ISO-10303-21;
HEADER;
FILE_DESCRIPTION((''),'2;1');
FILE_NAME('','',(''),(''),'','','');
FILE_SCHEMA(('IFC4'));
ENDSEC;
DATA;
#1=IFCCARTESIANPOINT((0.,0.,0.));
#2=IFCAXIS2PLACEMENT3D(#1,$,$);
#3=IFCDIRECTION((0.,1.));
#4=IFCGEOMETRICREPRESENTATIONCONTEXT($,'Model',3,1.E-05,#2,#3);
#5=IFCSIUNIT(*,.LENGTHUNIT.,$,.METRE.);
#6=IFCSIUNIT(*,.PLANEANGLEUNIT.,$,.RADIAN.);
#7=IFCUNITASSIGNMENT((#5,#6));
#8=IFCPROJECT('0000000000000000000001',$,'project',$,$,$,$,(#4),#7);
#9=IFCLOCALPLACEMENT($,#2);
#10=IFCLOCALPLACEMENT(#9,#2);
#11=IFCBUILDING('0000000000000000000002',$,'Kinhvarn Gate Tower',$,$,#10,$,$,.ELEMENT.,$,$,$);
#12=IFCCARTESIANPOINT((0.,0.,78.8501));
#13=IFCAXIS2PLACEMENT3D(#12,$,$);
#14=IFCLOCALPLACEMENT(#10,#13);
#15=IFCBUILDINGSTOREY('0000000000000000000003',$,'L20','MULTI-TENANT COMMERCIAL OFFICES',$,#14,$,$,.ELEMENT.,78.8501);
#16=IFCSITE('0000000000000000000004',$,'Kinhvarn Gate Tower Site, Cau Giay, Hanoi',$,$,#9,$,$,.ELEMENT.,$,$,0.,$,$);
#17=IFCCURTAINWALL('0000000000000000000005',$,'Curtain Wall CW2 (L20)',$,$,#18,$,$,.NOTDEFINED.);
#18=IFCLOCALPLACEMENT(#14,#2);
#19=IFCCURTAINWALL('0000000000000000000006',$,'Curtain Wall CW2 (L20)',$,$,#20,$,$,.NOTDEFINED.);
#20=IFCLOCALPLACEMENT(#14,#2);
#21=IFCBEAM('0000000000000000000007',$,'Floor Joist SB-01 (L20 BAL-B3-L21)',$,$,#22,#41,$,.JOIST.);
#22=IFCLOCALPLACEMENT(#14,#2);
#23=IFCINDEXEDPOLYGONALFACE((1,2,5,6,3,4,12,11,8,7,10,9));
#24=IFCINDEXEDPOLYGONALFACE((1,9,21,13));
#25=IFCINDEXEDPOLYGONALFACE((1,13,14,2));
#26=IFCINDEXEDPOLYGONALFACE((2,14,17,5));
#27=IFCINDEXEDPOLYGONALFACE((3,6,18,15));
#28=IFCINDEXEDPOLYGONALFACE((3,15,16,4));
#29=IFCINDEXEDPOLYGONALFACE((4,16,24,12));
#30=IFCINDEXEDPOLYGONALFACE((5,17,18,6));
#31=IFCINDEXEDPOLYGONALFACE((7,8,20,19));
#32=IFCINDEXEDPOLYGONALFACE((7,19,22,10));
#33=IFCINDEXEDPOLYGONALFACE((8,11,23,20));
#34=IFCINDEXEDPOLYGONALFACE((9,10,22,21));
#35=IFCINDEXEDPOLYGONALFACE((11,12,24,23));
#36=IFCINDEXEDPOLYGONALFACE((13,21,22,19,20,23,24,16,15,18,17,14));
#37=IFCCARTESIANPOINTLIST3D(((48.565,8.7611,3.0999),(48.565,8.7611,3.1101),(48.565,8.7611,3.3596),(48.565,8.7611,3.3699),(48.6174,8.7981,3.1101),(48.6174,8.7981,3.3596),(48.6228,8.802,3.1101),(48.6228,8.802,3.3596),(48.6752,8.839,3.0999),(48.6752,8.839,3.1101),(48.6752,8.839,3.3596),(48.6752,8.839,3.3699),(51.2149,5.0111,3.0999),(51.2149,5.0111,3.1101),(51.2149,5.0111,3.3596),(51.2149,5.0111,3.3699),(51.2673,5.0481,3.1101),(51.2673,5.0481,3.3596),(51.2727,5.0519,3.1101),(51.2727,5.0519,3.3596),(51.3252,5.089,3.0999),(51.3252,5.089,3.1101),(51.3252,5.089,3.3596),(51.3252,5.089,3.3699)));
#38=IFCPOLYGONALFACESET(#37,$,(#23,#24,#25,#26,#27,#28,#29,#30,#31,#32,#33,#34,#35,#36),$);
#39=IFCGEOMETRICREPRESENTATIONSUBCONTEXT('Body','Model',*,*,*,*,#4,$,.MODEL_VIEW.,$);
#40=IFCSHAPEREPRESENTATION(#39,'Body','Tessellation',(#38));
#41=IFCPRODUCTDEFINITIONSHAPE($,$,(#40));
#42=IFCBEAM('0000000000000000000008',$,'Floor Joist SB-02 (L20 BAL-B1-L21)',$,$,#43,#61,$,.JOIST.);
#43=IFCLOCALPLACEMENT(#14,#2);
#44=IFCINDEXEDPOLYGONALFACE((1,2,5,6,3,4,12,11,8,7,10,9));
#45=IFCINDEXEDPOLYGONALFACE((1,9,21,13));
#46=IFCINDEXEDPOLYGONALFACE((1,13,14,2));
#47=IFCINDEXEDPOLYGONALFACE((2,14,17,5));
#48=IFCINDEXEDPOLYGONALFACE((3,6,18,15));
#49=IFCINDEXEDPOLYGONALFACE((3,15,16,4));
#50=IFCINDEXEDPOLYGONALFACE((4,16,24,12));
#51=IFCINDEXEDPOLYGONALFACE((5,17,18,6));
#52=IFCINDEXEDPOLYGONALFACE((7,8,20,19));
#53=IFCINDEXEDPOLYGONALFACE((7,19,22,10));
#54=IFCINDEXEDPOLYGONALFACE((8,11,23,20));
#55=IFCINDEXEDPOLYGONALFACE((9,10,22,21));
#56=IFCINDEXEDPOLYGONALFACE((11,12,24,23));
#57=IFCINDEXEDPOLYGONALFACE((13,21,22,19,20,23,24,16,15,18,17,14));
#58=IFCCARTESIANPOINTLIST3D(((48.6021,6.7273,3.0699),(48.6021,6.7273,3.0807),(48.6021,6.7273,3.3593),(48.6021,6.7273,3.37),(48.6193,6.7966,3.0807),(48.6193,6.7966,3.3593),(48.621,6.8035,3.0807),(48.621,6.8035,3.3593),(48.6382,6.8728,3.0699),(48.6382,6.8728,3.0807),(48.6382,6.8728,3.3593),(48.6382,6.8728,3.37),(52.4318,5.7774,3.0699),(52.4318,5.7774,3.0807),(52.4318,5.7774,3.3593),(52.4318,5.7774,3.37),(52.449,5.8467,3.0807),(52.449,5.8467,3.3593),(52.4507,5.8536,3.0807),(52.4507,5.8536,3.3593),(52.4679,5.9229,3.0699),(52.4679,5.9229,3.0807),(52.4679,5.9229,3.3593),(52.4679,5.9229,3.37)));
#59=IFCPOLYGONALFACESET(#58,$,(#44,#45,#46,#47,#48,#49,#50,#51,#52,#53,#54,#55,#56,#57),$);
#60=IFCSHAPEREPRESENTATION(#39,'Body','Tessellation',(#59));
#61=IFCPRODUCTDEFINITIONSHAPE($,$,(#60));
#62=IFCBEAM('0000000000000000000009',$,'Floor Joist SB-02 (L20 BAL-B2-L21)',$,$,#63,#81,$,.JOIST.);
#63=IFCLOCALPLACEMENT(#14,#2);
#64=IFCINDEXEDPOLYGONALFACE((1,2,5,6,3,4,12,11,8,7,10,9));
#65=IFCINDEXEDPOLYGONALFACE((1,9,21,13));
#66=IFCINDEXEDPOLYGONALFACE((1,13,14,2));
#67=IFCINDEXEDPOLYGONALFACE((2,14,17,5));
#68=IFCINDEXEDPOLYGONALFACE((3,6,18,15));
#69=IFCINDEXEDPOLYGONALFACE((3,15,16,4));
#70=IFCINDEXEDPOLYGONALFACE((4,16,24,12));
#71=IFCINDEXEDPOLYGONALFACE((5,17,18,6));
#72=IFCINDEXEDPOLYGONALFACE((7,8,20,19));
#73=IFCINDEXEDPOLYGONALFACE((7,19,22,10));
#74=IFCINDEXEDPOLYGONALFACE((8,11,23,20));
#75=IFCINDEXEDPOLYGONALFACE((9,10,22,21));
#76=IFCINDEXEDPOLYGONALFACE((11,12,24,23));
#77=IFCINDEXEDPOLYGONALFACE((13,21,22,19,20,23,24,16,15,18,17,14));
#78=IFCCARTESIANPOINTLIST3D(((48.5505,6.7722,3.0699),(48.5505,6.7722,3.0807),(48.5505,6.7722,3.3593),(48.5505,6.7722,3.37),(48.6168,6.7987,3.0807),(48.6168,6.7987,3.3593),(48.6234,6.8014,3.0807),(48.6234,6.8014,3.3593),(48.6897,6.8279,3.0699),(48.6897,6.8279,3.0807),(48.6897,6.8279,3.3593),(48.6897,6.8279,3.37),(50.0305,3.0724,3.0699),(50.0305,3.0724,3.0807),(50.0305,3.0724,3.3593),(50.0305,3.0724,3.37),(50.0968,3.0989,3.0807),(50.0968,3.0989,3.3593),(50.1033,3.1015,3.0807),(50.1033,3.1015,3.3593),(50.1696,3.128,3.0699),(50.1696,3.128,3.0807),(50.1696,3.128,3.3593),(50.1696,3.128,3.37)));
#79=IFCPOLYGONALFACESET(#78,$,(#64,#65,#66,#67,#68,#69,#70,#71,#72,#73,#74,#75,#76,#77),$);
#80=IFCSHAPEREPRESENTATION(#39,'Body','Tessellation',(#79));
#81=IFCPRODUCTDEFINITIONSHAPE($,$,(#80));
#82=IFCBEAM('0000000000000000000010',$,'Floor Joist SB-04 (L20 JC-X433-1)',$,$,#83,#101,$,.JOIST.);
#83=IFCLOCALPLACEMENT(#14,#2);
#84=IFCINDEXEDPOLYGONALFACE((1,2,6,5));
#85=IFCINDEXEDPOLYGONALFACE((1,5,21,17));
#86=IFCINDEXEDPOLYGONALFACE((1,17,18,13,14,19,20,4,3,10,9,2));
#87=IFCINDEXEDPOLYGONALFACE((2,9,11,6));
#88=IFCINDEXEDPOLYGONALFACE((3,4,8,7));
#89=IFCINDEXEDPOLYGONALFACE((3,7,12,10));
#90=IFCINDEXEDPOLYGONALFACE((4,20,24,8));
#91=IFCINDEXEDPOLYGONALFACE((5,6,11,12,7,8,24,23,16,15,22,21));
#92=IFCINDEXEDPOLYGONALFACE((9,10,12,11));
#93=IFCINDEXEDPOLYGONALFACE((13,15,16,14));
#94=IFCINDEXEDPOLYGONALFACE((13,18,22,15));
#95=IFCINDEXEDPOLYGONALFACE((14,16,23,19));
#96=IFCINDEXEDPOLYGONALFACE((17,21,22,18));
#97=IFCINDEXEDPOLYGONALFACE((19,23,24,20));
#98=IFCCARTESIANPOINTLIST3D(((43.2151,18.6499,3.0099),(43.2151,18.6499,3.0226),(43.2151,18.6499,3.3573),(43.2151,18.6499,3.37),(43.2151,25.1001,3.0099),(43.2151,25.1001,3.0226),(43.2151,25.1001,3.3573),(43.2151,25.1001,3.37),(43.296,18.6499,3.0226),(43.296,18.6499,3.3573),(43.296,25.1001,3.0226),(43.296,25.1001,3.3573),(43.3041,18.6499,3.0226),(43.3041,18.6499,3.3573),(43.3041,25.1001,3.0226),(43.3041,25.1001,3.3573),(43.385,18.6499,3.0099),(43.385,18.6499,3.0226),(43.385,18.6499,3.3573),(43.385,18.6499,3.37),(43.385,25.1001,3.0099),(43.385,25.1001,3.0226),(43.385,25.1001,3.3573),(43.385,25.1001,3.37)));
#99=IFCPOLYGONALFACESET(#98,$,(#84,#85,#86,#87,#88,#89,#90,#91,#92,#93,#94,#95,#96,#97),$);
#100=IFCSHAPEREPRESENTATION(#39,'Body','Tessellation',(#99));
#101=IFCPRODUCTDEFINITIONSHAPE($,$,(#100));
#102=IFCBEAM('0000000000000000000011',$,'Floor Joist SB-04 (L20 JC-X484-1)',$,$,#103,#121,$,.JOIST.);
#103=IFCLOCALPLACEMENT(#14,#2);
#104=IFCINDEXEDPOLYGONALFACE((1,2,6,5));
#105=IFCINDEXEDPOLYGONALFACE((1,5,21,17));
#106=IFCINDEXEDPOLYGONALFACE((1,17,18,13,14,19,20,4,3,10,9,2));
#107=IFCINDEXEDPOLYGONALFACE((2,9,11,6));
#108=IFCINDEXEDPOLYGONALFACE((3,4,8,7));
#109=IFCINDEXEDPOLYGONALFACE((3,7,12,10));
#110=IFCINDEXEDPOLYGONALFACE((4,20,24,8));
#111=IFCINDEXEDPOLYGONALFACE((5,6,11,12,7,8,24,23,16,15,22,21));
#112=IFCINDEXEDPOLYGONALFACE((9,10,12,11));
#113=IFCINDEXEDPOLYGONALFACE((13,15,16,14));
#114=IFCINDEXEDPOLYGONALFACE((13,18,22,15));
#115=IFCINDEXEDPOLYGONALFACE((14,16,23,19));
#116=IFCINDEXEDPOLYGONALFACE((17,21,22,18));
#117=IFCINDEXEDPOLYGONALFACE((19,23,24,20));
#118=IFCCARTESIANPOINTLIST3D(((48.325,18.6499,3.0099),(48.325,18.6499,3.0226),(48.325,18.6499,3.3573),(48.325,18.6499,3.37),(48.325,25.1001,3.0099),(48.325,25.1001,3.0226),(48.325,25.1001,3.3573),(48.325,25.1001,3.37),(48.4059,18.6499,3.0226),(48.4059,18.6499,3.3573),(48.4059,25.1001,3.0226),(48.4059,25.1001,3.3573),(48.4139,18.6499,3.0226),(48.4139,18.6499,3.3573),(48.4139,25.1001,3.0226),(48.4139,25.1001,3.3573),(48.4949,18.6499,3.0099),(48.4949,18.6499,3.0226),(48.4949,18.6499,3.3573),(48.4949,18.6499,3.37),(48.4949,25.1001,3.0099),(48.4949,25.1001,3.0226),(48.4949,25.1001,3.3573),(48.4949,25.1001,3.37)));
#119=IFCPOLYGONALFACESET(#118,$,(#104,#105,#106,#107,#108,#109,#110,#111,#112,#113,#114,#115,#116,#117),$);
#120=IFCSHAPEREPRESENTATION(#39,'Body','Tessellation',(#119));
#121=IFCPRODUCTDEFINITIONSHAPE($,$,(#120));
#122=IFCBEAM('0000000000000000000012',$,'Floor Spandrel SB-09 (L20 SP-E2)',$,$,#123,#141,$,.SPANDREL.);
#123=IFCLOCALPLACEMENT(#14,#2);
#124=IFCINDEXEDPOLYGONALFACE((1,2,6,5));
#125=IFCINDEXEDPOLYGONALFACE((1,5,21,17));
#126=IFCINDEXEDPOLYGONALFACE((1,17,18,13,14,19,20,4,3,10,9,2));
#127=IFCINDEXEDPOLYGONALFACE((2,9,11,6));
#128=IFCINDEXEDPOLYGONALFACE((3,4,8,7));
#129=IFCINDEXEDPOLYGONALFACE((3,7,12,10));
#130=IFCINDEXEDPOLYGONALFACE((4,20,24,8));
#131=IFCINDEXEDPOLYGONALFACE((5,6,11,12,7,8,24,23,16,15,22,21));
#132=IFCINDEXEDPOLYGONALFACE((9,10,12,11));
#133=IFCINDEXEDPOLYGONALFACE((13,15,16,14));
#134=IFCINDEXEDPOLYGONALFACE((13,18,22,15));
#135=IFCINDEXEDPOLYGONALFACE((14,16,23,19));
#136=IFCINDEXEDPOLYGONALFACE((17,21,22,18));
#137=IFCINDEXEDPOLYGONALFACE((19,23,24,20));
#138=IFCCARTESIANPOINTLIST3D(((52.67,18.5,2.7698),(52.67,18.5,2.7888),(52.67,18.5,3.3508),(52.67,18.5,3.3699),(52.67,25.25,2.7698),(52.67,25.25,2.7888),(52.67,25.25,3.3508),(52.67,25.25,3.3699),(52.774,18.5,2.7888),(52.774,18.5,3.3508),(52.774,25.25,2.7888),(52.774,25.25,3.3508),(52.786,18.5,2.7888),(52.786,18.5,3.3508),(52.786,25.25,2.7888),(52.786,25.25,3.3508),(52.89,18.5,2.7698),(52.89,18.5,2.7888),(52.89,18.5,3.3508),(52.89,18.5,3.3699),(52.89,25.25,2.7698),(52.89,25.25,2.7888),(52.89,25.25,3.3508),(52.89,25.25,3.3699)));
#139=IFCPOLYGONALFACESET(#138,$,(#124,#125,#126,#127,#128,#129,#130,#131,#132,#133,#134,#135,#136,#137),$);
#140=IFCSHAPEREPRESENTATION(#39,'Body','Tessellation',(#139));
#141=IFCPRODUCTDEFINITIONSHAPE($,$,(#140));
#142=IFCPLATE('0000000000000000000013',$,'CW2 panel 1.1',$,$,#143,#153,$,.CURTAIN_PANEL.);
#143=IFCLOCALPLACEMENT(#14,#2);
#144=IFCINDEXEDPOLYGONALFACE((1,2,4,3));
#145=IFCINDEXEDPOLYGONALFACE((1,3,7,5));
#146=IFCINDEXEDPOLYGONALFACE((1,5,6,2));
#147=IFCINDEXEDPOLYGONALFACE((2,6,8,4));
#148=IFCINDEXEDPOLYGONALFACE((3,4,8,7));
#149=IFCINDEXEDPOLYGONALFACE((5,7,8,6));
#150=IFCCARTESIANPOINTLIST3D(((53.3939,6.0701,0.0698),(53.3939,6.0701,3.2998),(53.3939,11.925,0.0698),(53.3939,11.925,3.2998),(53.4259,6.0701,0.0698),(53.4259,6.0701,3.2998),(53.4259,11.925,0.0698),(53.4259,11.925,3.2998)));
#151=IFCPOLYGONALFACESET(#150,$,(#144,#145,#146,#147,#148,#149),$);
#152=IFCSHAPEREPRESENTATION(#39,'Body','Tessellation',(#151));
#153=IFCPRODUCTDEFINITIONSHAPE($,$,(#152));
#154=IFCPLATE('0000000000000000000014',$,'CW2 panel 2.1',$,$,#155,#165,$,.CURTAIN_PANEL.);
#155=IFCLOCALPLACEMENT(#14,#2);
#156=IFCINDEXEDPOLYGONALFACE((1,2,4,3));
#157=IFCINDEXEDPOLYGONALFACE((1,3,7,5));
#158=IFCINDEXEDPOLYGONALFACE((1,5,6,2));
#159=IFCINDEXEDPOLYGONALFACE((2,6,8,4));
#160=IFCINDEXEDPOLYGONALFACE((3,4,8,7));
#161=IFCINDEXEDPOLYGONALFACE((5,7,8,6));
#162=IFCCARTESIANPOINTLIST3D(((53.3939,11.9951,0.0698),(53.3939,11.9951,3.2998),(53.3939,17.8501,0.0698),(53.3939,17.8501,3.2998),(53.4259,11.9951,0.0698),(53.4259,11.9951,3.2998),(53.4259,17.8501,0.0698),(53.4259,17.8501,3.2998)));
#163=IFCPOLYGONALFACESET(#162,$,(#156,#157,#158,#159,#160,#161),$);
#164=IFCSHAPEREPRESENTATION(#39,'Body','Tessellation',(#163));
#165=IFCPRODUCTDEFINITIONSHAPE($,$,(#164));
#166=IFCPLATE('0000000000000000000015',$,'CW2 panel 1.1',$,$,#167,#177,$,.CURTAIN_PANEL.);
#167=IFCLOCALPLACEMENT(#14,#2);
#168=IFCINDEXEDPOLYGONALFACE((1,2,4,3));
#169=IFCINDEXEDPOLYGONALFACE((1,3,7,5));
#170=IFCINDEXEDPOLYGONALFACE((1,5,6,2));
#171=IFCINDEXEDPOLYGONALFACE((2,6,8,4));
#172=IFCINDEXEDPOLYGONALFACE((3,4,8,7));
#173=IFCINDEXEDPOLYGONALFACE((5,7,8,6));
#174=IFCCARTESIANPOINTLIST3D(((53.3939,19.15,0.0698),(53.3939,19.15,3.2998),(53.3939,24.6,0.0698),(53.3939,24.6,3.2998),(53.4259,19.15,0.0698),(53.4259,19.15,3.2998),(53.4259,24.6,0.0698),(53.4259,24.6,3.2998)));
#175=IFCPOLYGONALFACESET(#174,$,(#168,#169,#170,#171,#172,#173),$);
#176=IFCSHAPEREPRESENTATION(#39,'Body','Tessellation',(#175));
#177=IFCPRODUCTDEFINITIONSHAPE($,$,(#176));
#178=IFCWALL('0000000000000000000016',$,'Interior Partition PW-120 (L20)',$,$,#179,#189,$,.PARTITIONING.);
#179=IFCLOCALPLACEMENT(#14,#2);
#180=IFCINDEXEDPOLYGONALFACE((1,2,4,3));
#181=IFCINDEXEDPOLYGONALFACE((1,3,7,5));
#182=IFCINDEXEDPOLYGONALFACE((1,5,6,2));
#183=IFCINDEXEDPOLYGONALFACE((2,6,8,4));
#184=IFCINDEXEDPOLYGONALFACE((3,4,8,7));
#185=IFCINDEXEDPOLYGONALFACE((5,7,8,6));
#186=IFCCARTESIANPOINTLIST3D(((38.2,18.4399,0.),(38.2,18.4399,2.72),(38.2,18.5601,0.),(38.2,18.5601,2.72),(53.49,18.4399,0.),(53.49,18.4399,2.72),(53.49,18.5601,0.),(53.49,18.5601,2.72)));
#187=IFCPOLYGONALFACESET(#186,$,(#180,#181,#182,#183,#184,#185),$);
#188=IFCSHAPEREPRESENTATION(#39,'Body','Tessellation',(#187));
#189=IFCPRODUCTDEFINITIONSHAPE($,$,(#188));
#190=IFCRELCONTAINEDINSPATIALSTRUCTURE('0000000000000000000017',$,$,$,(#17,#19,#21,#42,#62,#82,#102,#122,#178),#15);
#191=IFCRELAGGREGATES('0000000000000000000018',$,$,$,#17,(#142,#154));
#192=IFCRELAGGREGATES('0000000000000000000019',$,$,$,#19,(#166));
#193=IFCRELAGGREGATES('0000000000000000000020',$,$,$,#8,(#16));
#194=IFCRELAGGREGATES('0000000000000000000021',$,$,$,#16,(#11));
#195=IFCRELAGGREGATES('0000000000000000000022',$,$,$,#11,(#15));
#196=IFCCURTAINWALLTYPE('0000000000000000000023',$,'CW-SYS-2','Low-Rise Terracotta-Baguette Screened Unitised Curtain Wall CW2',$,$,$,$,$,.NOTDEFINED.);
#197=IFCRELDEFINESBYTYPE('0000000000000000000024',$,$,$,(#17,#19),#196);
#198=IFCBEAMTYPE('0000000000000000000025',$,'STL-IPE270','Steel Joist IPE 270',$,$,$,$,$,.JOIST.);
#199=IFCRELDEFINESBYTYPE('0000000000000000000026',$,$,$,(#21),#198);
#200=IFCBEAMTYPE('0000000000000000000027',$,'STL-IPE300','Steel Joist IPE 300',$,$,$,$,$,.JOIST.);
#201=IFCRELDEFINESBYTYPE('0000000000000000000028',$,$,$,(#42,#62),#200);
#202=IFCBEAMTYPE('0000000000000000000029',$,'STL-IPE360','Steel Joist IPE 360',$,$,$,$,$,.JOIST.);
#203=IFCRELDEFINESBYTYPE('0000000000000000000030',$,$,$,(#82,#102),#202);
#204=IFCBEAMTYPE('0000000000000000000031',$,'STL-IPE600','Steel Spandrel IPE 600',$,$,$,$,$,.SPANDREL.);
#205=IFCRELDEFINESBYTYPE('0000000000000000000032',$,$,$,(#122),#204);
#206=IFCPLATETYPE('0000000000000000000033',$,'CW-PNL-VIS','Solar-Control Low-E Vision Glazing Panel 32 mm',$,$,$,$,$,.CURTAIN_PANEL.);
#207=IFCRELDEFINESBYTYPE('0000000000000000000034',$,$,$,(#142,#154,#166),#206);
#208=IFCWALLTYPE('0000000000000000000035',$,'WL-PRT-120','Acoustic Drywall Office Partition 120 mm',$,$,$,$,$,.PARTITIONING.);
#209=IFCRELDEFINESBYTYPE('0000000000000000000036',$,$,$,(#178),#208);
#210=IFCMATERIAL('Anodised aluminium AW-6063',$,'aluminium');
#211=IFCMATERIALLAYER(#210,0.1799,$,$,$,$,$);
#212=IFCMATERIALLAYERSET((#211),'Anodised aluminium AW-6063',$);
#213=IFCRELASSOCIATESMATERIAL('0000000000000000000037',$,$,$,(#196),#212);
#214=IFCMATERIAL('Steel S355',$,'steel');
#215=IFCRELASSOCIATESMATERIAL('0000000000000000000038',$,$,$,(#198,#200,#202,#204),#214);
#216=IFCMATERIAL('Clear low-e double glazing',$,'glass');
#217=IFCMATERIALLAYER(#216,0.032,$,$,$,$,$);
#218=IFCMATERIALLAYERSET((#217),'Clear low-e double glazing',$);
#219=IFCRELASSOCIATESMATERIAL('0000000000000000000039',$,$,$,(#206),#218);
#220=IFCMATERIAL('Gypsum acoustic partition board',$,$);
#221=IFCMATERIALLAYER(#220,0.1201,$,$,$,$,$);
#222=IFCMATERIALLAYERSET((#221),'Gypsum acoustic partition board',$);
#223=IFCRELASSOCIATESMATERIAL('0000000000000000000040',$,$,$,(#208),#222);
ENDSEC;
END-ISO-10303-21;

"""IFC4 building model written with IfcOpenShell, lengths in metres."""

from ifc_helpers import new_model, si_unit, direction, frame, frame_2d, origin, origin_2d, place, context, subcontext, project, spatial, rectangle, i_section, extrude, material, layer, layer_set, material_profile, profile_set, type_object, element, aggregate, save


model = new_model("IFC4")

# Units and contexts
model_context = context("Model", 3, precision=1e-05, world=origin(), true_north=direction((0.0, 1.0)))
body_context = subcontext(model_context, "Body", "Model", "MODEL_VIEW")
ifc_project = project(units=[si_unit("LENGTHUNIT", "METRE"), si_unit("PLANEANGLEUNIT", "RADIAN")], contexts=[model_context])

# Site, building, storey
site_placement = place(None, origin())
site = spatial("IfcSite", under=ifc_project, at=site_placement, Name="Kinhvarn Gate Tower Site, Cau Giay, Hanoi", CompositionType="ELEMENT", RefElevation=0.0)
building_placement = place(site_placement, origin())
building = spatial("IfcBuilding", under=site, at=building_placement, Name="Kinhvarn Gate Tower", CompositionType="ELEMENT")
storey_placement = place(building_placement, frame((0.0, 0.0, 78.8501)))
storey = spatial("IfcBuildingStorey", under=building, at=storey_placement, Name="L20", Description="MULTI-TENANT COMMERCIAL OFFICES", CompositionType="ELEMENT", Elevation=78.8501)

# Curtain wall
ifc_material_1 = material(Name="Anodised aluminium AW-6063", Category="aluminium")
ifc_layer_1 = layer(ifc_material_1, 0.1799)
ifc_layer_set_1 = layer_set([ifc_layer_1], Name="Anodised aluminium AW-6063")
curtain_wall_type = type_object("IfcCurtainWallType", Name="CW-SYS-2", Description="Low-Rise Terracotta-Baguette Screened Unitised Curtain Wall CW2", PredefinedType="NOTDEFINED", material=ifc_layer_set_1)
curtain_wall_1_placement = place(storey_placement, origin())
curtain_wall_1 = element("IfcCurtainWall", 1, at=curtain_wall_1_placement, inside=storey, type_object=curtain_wall_type, Name="Curtain Wall CW2 (L20)", PredefinedType="NOTDEFINED")

# Curtain wall
curtain_wall_2_placement = place(storey_placement, origin())
curtain_wall_2 = element("IfcCurtainWall", 2, at=curtain_wall_2_placement, inside=storey, type_object=curtain_wall_type, Name="Curtain Wall CW2 (L20)", PredefinedType="NOTDEFINED")

# Beams
ifc_material_2 = material(Name="Steel S355", Category="steel")
ifc_material_profile_1 = material_profile(ifc_material_2, i_section(OverallWidth=0.135, OverallDepth=0.27, WebThickness=0.0066, FlangeThickness=0.0103, at=origin_2d()), Name="IPE 270")
ifc_profile_set_1 = profile_set([ifc_material_profile_1], Name="Steel S355")
beam_type_1 = type_object("IfcBeamType", Name="STL-IPE270", Description="Steel Joist IPE 270", PredefinedType="JOIST", material=ifc_profile_set_1)
beam_1_placement = place(storey_placement, frame((48.6201, 8.8, 3.2349), z_axis=(0.577096, -0.816676, 0.0), x_axis=(0.816676, 0.577096, 0.0)))
element("IfcBeam", 3, at=beam_1_placement, inside=storey, type_object=beam_type_1, Name="Floor Joist SB-01 (L20 BAL-B3-L21)", PredefinedType="JOIST", context=body_context, shape_type="SweptSolid", body=[
    extrude(i_section(OverallWidth=0.135, OverallDepth=0.27, WebThickness=0.0066, FlangeThickness=0.0103, at=origin_2d()), origin(), (0.0, 0.0, 1.0), 4.5918),
])
ifc_material_profile_2 = material_profile(ifc_material_2, i_section(OverallWidth=0.1499, OverallDepth=0.3, WebThickness=0.0071, FlangeThickness=0.0107, at=origin_2d()), Name="IPE 300")
ifc_profile_set_2 = profile_set([ifc_material_profile_2], Name="Steel S355")
beam_type_2 = type_object("IfcBeamType", Name="STL-IPE300", Description="Steel Joist IPE 300", PredefinedType="JOIST", material=ifc_profile_set_2)
beam_2_placement = place(storey_placement, frame((48.6201, 6.8, 3.22), z_axis=(0.970589, -0.240745, 0.0), x_axis=(0.240745, 0.970589, 0.0)))
element("IfcBeam", 4, at=beam_2_placement, inside=storey, type_object=beam_type_2, Name="Floor Joist SB-02 (L20 BAL-B1-L21)", PredefinedType="JOIST", context=body_context, shape_type="SweptSolid", body=[
    extrude(i_section(OverallWidth=0.1499, OverallDepth=0.3, WebThickness=0.0071, FlangeThickness=0.0107, at=origin_2d()), origin(), (0.0, 0.0, 1.0), 3.9458),
])
beam_3_placement = place(storey_placement, frame((48.6201, 6.8, 3.22), z_axis=(0.371391, -0.928477, 0.0), x_axis=(0.928477, 0.371391, 0.0)))
element("IfcBeam", 5, at=beam_3_placement, inside=storey, type_object=beam_type_2, Name="Floor Joist SB-02 (L20 BAL-B2-L21)", PredefinedType="JOIST", context=body_context, shape_type="SweptSolid", body=[
    extrude(i_section(OverallWidth=0.1499, OverallDepth=0.3, WebThickness=0.0071, FlangeThickness=0.0107, at=origin_2d()), origin(), (0.0, 0.0, 1.0), 3.9849),
])
ifc_material_profile_3 = material_profile(ifc_material_2, i_section(OverallWidth=0.1699, OverallDepth=0.3601, WebThickness=0.0081, FlangeThickness=0.0127, at=origin_2d()), Name="IPE 360")
ifc_profile_set_3 = profile_set([ifc_material_profile_3], Name="Steel S355")
beam_type_3 = type_object("IfcBeamType", Name="STL-IPE360", Description="Steel Joist IPE 360", PredefinedType="JOIST", material=ifc_profile_set_3)
for number, where, z_axis, x_axis, name in (
    (6, (43.3, 18.6499, 3.1899), (0.0, 1.0, 0.0), (-1.0, 0.0, 0.0), "Floor Joist SB-04 (L20 JC-X433-1)"),
    (7, (48.4099, 18.6499, 3.1899), (0.0, 1.0, 0.0), (-1.0, 0.0, 0.0), "Floor Joist SB-04 (L20 JC-X484-1)"),
):
    element("IfcBeam", number, at=place(storey_placement, frame(where, z_axis=z_axis, x_axis=x_axis)), inside=storey, type_object=beam_type_3, Name=name, PredefinedType="JOIST", context=body_context, shape_type="SweptSolid", body=[
        extrude(i_section(OverallWidth=0.1699, OverallDepth=0.3601, WebThickness=0.0081, FlangeThickness=0.0127, at=origin_2d()), origin(), (0.0, 0.0, 1.0), 6.4502),
    ])
ifc_material_profile_4 = material_profile(ifc_material_2, i_section(OverallWidth=0.22, OverallDepth=0.6001, WebThickness=0.012, FlangeThickness=0.019, at=origin_2d()), Name="IPE 600")
ifc_profile_set_4 = profile_set([ifc_material_profile_4], Name="Steel S355")
beam_type_4 = type_object("IfcBeamType", Name="STL-IPE600", Description="Steel Spandrel IPE 600", PredefinedType="SPANDREL", material=ifc_profile_set_4)
beam_4_placement = place(storey_placement, frame((52.78, 18.5, 3.0698), z_axis=(0.0, 1.0, 0.0), x_axis=(-1.0, 0.0, 0.0)))
element("IfcBeam", 8, at=beam_4_placement, inside=storey, type_object=beam_type_4, Name="Floor Spandrel SB-09 (L20 SP-E2)", PredefinedType="SPANDREL", context=body_context, shape_type="SweptSolid", body=[
    extrude(i_section(OverallWidth=0.22, OverallDepth=0.6001, WebThickness=0.012, FlangeThickness=0.019, at=origin_2d()), origin(), (0.0, 0.0, 1.0), 6.75),
])

# Plates
ifc_material_3 = material(Name="Clear low-e double glazing", Category="glass")
ifc_layer_2 = layer(ifc_material_3, 0.032)
ifc_layer_set_2 = layer_set([ifc_layer_2], Name="Clear low-e double glazing")
plate_type = type_object("IfcPlateType", Name="CW-PNL-VIS", Description="Solar-Control Low-E Vision Glazing Panel 32 mm", PredefinedType="CURTAIN_PANEL", material=ifc_layer_set_2)
plate_1_placement = place(storey_placement, frame((53.4099, 8.9976, 0.0698), z_axis=(0.0, 0.0, 1.0), x_axis=(0.0, 1.0, 0.0)))
plate_1 = element("IfcPlate", 9, at=plate_1_placement, type_object=plate_type, Name="CW2 panel 1.1", PredefinedType="CURTAIN_PANEL", context=body_context, shape_type="SweptSolid", body=[
    extrude(rectangle(XDim=5.855, YDim=0.032, at=origin_2d()), origin(), (0.0, 0.0, 1.0), 3.23),
])
plate_2_placement = place(storey_placement, frame((53.4099, 14.9226, 0.0698), z_axis=(0.0, 0.0, 1.0), x_axis=(0.0, 1.0, 0.0)))
plate_2 = element("IfcPlate", 10, at=plate_2_placement, type_object=plate_type, Name="CW2 panel 2.1", PredefinedType="CURTAIN_PANEL", context=body_context, shape_type="SweptSolid", body=[
    extrude(rectangle(XDim=5.855, YDim=0.032, at=origin_2d()), origin(), (0.0, 0.0, 1.0), 3.23),
])
aggregate(curtain_wall_1, [plate_1, plate_2])
plate_3_placement = place(storey_placement, frame((53.4099, 21.875, 0.0698), z_axis=(0.0, 0.0, 1.0), x_axis=(0.0, 1.0, 0.0)))
plate_3 = element("IfcPlate", 11, at=plate_3_placement, type_object=plate_type, Name="CW2 panel 1.1", PredefinedType="CURTAIN_PANEL", context=body_context, shape_type="SweptSolid", body=[
    extrude(rectangle(XDim=5.45, YDim=0.032, at=origin_2d()), origin(), (0.0, 0.0, 1.0), 3.23),
])
aggregate(curtain_wall_2, [plate_3])

# Wall
ifc_material_4 = material(Name="Gypsum acoustic partition board")
ifc_layer_3 = layer(ifc_material_4, 0.1201)
ifc_layer_set_3 = layer_set([ifc_layer_3], Name="Gypsum acoustic partition board")
wall_type = type_object("IfcWallType", Name="WL-PRT-120", Description="Acoustic Drywall Office Partition 120 mm", PredefinedType="PARTITIONING", material=ifc_layer_set_3)
wall_placement = place(storey_placement, frame((38.2, 18.5, 0.0), z_axis=(0.0, 0.0, 1.0), x_axis=(1.0, 0.0, 0.0)))
element("IfcWall", 12, at=wall_placement, inside=storey, type_object=wall_type, Name="Interior Partition PW-120 (L20)", PredefinedType="PARTITIONING", context=body_context, shape_type="SweptSolid", body=[
    extrude(rectangle(XDim=15.29, YDim=0.1201, at=frame_2d((7.645, 0.0))), origin(), (0.0, 0.0, 1.0), 2.72),
])

save(model, "model.ifc")
